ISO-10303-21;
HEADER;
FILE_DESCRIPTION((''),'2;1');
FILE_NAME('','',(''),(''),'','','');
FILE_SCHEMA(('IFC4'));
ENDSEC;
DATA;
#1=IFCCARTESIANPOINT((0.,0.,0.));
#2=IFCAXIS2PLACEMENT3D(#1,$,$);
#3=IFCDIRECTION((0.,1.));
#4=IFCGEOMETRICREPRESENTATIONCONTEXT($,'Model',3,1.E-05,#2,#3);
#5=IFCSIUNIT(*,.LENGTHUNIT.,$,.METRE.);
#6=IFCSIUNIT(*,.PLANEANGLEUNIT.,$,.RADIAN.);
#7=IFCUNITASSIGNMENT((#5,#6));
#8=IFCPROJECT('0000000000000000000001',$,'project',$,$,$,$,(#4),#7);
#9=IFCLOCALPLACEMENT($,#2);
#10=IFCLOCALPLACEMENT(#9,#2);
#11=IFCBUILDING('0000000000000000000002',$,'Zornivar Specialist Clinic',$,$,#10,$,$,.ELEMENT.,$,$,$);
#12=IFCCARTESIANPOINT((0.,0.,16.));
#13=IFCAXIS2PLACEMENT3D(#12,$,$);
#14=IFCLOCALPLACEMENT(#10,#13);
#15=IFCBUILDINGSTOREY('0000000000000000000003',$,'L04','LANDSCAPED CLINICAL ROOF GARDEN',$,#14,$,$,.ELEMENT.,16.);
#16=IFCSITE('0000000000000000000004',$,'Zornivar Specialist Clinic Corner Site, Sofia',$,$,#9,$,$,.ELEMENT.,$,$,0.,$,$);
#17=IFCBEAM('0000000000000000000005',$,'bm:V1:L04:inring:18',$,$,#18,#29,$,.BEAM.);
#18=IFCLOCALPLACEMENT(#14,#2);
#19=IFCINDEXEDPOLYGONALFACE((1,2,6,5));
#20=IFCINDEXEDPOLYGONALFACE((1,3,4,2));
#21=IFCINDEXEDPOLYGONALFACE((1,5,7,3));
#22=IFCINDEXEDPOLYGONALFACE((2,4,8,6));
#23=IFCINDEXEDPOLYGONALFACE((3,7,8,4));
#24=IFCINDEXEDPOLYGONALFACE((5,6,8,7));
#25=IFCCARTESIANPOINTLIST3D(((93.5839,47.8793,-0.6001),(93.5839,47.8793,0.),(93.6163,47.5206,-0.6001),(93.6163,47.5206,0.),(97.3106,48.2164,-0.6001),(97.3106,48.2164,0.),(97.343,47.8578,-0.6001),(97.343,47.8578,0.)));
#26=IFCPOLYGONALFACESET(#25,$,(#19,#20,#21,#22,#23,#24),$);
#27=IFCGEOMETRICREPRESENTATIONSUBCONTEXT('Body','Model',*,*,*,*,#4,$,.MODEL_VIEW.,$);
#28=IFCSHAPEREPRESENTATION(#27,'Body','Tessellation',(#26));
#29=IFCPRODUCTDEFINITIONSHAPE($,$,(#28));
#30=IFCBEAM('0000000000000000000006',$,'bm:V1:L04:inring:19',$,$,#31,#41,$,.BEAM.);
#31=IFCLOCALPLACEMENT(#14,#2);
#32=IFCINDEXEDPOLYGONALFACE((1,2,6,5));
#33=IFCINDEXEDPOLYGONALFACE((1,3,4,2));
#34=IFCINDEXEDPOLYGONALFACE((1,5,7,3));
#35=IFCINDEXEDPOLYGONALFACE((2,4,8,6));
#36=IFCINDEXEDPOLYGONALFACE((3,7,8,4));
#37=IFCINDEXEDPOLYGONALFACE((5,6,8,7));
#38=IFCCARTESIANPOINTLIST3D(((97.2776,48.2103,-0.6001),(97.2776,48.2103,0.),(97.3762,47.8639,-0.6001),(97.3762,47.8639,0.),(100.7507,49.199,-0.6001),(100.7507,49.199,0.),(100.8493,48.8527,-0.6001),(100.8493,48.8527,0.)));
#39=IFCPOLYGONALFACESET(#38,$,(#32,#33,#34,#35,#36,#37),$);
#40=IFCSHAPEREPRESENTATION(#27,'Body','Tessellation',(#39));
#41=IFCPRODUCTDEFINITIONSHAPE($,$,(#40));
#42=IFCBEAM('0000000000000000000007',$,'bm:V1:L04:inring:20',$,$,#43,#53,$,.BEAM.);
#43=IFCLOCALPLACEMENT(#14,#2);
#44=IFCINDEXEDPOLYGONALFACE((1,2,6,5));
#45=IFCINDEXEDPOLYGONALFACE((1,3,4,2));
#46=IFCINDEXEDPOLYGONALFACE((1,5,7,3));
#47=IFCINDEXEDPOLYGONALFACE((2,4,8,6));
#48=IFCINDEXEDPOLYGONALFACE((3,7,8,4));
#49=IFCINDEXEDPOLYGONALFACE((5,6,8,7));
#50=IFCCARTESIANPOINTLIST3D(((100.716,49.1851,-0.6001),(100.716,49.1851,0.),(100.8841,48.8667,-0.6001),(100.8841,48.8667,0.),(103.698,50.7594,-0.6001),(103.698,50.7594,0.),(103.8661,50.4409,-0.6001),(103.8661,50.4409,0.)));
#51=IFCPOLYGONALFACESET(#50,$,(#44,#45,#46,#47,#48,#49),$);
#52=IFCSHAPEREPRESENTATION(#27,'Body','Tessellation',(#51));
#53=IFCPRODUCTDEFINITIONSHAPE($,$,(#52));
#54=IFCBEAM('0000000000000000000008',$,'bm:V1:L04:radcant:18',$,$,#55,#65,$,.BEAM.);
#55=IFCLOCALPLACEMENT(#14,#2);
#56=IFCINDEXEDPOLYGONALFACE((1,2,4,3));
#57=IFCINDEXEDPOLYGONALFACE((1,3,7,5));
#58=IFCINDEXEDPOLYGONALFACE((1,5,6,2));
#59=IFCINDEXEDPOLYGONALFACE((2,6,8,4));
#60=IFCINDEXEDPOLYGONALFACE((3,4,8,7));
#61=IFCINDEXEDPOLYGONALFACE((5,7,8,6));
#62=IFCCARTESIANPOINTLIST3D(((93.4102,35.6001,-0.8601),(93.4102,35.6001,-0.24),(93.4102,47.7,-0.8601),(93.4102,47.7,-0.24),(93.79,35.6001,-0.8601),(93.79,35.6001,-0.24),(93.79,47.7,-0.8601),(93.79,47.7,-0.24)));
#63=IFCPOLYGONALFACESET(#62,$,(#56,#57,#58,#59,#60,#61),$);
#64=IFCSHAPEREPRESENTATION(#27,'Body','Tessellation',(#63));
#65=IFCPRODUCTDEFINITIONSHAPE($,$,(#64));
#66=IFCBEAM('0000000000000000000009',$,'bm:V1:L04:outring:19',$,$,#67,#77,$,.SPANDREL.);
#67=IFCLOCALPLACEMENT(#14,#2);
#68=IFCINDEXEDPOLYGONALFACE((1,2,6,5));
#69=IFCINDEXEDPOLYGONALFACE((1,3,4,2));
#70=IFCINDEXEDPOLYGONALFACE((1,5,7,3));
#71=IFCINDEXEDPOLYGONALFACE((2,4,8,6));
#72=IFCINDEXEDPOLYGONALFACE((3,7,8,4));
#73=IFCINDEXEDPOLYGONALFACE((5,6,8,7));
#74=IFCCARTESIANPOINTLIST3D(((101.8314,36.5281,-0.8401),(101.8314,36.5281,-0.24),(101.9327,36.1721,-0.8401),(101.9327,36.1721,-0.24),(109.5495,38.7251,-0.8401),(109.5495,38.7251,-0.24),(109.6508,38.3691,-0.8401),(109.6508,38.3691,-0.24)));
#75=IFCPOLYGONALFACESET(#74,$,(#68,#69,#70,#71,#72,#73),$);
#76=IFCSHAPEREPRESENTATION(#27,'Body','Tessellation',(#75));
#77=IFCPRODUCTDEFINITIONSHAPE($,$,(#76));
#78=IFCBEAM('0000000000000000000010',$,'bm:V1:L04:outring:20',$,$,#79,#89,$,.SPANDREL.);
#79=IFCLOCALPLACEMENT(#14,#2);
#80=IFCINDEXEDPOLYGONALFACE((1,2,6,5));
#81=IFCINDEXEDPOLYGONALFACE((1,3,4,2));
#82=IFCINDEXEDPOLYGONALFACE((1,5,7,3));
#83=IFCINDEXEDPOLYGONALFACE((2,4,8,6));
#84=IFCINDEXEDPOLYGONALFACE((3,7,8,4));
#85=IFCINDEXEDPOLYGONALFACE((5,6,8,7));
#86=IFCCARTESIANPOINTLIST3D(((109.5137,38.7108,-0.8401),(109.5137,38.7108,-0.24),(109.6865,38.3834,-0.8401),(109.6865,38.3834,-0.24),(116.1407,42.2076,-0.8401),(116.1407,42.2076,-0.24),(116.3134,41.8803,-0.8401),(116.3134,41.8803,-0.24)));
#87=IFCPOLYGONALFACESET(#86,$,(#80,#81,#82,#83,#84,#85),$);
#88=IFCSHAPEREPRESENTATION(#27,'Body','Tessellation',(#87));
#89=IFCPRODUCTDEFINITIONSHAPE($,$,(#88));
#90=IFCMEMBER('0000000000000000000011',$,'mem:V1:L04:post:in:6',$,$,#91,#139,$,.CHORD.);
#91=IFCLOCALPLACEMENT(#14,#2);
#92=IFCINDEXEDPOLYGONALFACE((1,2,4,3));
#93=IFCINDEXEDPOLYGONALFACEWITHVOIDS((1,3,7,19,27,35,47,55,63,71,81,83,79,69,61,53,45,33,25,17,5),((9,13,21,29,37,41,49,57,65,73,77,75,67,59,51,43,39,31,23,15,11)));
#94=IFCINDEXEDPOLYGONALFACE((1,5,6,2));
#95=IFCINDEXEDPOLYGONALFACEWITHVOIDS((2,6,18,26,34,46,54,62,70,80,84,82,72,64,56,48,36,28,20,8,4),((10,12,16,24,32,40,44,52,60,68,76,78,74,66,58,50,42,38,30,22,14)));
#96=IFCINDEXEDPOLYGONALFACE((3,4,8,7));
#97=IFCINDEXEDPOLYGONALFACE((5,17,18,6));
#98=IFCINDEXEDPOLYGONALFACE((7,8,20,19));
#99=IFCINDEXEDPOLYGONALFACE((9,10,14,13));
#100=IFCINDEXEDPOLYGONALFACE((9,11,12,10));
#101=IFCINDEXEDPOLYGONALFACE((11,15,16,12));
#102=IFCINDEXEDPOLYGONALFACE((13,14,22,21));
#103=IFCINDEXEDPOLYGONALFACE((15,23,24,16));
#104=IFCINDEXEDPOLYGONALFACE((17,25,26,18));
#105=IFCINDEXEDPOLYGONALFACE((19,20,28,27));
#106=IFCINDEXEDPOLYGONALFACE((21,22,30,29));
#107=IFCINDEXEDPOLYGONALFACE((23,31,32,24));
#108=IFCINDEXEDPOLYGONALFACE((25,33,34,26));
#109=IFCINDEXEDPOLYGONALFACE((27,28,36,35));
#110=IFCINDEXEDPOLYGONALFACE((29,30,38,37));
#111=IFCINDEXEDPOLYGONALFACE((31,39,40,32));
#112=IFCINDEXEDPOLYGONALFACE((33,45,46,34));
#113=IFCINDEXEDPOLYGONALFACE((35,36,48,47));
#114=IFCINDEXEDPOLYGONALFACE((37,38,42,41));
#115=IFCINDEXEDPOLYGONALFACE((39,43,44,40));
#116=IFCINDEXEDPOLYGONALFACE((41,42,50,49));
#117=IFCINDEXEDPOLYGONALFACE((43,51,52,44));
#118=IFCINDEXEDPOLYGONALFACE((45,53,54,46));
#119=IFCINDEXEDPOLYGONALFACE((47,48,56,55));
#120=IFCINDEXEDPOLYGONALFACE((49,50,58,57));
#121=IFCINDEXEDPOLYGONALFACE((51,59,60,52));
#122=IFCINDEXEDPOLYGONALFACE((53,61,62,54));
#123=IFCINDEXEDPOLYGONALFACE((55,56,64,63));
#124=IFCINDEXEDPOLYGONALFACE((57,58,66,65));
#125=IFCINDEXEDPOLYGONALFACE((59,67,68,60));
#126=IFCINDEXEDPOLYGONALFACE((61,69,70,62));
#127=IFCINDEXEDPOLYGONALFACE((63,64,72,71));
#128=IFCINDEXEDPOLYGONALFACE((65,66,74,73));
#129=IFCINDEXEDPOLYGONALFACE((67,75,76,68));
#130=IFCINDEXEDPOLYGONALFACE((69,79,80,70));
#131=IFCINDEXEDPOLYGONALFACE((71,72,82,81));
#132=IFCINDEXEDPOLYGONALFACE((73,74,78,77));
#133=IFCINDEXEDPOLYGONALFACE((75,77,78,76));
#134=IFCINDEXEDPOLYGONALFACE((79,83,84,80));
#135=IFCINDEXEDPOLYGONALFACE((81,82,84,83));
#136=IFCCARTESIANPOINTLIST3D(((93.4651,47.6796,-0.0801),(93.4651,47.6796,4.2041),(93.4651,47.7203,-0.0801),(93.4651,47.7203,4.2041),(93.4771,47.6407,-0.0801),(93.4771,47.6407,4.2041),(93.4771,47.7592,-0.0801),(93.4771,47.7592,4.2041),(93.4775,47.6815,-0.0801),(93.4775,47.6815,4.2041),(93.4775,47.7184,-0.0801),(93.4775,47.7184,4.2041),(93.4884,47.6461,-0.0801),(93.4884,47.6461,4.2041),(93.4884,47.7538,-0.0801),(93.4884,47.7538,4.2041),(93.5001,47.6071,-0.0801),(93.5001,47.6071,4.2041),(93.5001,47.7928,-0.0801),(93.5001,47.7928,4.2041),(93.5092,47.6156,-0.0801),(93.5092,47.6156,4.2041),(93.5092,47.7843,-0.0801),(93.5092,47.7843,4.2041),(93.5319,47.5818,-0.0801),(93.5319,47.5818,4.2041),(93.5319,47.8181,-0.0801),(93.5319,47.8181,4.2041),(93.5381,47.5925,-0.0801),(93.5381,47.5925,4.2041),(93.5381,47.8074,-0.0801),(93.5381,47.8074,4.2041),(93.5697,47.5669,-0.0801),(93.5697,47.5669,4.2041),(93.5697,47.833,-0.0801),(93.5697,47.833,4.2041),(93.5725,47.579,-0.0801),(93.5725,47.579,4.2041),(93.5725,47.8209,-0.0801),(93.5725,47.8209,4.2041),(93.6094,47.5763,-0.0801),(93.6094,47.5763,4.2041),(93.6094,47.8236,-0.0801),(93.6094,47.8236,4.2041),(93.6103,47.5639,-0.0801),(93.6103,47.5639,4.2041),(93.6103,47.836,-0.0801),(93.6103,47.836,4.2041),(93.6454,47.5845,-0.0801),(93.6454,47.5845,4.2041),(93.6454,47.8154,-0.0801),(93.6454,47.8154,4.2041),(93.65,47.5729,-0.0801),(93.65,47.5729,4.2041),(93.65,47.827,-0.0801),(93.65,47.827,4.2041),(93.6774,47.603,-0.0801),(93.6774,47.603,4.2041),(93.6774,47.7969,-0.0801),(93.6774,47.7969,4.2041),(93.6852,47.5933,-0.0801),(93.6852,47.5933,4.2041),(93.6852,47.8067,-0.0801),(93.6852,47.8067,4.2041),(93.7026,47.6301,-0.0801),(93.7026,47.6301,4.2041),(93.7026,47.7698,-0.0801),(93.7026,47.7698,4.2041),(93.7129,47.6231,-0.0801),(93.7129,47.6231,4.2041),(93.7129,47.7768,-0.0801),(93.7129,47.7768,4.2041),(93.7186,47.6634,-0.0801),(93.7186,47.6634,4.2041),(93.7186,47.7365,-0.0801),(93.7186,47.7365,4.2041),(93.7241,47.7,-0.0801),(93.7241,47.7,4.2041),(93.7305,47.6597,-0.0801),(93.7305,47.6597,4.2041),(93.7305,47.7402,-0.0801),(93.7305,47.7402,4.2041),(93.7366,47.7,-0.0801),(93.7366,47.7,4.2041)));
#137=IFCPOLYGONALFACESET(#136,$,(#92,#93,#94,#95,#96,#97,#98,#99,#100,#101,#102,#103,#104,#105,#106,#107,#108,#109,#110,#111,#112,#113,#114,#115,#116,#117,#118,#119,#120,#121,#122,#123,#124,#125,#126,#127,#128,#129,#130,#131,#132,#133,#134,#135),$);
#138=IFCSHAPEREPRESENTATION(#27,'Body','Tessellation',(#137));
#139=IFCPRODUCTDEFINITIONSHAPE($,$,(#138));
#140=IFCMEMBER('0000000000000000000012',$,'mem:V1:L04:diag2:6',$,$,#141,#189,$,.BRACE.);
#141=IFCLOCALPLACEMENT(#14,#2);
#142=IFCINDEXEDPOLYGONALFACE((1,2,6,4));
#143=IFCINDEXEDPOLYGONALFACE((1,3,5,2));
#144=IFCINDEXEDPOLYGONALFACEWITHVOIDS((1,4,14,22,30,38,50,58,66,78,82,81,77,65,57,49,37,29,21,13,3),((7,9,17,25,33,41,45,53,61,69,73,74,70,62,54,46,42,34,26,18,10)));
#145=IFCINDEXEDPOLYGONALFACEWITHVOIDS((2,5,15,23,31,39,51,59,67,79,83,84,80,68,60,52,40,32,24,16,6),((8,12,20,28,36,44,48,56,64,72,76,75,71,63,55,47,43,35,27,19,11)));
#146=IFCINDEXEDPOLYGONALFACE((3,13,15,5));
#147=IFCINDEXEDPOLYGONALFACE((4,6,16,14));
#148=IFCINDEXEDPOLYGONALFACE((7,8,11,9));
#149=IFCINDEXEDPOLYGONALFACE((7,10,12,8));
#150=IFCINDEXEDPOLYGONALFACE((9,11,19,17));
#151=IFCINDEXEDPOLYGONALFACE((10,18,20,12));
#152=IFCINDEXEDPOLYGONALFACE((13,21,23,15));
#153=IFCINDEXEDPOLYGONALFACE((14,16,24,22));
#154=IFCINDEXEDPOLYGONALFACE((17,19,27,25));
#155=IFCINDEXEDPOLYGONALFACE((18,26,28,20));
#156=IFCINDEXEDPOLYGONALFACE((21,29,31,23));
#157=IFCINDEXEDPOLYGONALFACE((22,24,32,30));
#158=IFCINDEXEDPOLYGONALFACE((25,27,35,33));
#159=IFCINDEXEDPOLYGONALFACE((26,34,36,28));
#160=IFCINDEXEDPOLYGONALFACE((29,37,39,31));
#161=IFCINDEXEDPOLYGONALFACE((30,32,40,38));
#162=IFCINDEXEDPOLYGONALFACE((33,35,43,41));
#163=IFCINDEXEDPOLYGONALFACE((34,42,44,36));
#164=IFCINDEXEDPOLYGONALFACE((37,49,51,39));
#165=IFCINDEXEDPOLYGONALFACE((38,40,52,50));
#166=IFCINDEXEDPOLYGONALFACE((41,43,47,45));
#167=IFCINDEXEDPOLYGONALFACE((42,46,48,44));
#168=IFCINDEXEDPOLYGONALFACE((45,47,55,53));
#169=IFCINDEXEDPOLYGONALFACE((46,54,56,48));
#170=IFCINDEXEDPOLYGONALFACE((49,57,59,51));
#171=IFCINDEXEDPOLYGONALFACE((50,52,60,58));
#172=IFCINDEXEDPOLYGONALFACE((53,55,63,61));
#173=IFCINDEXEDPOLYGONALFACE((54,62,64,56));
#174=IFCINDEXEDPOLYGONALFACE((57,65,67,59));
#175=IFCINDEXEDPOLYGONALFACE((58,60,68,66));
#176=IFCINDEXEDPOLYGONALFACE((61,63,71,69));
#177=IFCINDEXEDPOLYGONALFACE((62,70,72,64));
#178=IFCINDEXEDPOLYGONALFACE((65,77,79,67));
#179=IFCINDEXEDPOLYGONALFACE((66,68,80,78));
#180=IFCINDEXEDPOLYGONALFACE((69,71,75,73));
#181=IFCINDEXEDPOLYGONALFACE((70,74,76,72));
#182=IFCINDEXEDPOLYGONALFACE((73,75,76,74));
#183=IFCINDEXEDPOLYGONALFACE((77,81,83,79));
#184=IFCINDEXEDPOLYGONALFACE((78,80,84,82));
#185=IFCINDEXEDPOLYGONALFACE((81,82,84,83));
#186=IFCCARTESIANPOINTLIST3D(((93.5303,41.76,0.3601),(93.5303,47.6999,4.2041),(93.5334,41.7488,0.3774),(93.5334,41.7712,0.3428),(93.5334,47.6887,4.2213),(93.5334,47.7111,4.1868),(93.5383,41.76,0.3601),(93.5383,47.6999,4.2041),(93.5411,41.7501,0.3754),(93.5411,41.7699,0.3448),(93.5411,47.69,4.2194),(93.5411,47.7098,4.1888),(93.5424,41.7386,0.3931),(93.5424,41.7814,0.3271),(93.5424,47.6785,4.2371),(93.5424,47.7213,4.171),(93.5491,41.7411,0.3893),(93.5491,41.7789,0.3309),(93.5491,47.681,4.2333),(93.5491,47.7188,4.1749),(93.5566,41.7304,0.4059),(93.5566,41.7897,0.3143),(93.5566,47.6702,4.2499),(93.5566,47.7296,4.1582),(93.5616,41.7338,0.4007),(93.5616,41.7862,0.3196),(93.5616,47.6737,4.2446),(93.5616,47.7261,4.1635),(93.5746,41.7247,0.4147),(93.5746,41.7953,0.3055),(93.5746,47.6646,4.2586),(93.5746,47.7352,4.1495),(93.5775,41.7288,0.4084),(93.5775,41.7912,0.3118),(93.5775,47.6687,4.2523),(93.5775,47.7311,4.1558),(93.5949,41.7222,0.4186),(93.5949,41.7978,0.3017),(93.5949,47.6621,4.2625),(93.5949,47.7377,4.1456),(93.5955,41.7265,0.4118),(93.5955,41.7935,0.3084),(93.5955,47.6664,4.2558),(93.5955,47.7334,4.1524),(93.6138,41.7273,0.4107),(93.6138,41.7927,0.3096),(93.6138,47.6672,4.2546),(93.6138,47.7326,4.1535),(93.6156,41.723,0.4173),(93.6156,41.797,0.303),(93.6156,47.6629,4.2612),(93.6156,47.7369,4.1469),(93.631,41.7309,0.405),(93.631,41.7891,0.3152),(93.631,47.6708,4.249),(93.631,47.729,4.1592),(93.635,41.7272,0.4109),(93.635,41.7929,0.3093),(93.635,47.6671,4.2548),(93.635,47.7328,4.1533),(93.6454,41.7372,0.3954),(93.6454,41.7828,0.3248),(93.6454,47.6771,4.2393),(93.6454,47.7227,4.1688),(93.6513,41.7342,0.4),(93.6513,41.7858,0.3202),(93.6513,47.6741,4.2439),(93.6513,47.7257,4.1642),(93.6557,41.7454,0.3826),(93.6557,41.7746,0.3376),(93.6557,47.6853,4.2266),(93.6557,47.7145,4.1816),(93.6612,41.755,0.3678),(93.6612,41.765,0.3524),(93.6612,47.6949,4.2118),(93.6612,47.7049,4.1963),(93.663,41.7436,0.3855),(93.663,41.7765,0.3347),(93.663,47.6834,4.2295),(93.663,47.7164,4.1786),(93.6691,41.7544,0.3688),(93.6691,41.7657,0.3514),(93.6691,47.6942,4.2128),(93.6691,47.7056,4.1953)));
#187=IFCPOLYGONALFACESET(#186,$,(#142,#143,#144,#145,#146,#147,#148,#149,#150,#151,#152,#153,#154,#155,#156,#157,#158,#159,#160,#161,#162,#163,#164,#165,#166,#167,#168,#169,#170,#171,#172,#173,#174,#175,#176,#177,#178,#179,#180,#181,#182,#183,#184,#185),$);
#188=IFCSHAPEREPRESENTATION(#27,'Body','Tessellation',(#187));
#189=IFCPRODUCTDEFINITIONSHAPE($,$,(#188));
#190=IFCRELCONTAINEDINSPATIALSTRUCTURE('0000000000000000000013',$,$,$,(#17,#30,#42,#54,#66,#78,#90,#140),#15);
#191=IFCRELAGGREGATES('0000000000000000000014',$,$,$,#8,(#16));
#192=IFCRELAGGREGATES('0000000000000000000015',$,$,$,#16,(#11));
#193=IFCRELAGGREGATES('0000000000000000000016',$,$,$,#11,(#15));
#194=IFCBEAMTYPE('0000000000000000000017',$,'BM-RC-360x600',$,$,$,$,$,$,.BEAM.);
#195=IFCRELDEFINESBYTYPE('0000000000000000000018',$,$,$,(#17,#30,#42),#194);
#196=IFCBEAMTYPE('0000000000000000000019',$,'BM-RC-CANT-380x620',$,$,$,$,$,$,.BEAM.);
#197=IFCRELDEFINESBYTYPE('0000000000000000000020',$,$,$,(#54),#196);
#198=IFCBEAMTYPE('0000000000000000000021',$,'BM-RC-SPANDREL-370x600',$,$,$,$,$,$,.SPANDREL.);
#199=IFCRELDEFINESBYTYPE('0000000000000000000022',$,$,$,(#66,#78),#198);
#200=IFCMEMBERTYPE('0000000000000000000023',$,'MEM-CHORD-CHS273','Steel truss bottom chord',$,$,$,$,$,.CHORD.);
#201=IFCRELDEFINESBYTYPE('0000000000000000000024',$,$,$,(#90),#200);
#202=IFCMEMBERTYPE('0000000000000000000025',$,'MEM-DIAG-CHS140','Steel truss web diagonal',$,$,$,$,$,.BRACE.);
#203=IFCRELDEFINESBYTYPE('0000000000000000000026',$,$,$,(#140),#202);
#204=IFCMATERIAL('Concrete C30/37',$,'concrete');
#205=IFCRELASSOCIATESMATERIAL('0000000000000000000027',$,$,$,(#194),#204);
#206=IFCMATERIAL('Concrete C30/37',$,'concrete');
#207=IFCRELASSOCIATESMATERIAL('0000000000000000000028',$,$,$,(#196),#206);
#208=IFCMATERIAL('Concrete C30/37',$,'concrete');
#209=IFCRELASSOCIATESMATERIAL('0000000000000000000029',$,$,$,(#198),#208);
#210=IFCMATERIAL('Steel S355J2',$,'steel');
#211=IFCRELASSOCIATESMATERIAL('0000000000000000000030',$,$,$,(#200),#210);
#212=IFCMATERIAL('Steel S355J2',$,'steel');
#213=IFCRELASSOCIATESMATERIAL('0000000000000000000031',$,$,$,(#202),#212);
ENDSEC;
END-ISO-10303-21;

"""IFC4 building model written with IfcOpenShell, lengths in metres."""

from ifc_helpers import new_model, si_unit, direction, frame, origin, origin_2d, place, context, subcontext, project, spatial, rectangle, hollow_circle, extrude, material, material_profile, profile_set, type_object, element, save


model = new_model("IFC4")

# Units and contexts
model_context = context("Model", 3, precision=1e-05, world=origin(), true_north=direction((0.0, 1.0)))
body_context = subcontext(model_context, "Body", "Model", "MODEL_VIEW")
ifc_project = project(units=[si_unit("LENGTHUNIT", "METRE"), si_unit("PLANEANGLEUNIT", "RADIAN")], contexts=[model_context])

# Site, building, storey
site_placement = place(None, origin())
site = spatial("IfcSite", under=ifc_project, at=site_placement, Name="Zornivar Specialist Clinic Corner Site, Sofia", CompositionType="ELEMENT", RefElevation=0.0)
building_placement = place(site_placement, origin())
building = spatial("IfcBuilding", under=site, at=building_placement, Name="Zornivar Specialist Clinic", CompositionType="ELEMENT")
storey_placement = place(building_placement, frame((0.0, 0.0, 16.0)))
storey = spatial("IfcBuildingStorey", under=building, at=storey_placement, Name="L04", Description="LANDSCAPED CLINICAL ROOF GARDEN", CompositionType="ELEMENT", Elevation=16.0)

# Beams
ifc_material_1 = material(Name="Concrete C30/37", Category="concrete")
ifc_material_profile_1 = material_profile(ifc_material_1, rectangle(XDim=0.3601, YDim=0.6001, at=origin_2d()), Name="RC 360x600")
ifc_profile_set_1 = profile_set([ifc_material_profile_1], Name="Concrete C30/37")
beam_type_1 = type_object("IfcBeamType", Name="BM-RC-360x600", PredefinedType="BEAM", material=ifc_profile_set_1)
beam_1_placement = place(storey_placement, frame((93.6001, 47.7, -0.3), z_axis=(0.995933, 0.0901, 0.0), x_axis=(-0.0901, 0.995933, 0.0)))
element("IfcBeam", 1, at=beam_1_placement, inside=storey, type_object=beam_type_1, Name="bm:V1:L04:inring:18", PredefinedType="BEAM", context=body_context, shape_type="SweptSolid", body=[
    extrude(rectangle(XDim=0.3601, YDim=0.6001, at=origin_2d()), origin(), (0.0, 0.0, 1.0), 3.7419),
])
beam_2_placement = place(storey_placement, frame((97.3269, 48.0371, -0.3), z_axis=(0.961784, 0.27381, 0.0), x_axis=(-0.27381, 0.961784, 0.0)))
element("IfcBeam", 2, at=beam_2_placement, inside=storey, type_object=beam_type_1, Name="bm:V1:L04:inring:19", PredefinedType="BEAM", context=body_context, shape_type="SweptSolid", body=[
    extrude(rectangle(XDim=0.3601, YDim=0.6001, at=origin_2d()), origin(), (0.0, 0.0, 1.0), 3.6111),
])
beam_3_placement = place(storey_placement, frame((100.8, 49.0259, -0.3), z_axis=(0.884333, 0.466856, 0.0), x_axis=(-0.466856, 0.884333, 0.0)))
element("IfcBeam", 3, at=beam_3_placement, inside=storey, type_object=beam_type_1, Name="bm:V1:L04:inring:20", PredefinedType="BEAM", context=body_context, shape_type="SweptSolid", body=[
    extrude(rectangle(XDim=0.3601, YDim=0.6001, at=origin_2d()), origin(), (0.0, 0.0, 1.0), 3.3721),
])
ifc_material_2 = material(Name="Concrete C30/37", Category="concrete")
ifc_material_profile_2 = material_profile(ifc_material_2, rectangle(XDim=0.3799, YDim=0.6201, at=origin_2d()), Name="RC 380x620")
ifc_profile_set_2 = profile_set([ifc_material_profile_2], Name="Concrete C30/37")
beam_type_2 = type_object("IfcBeamType", Name="BM-RC-CANT-380x620", PredefinedType="BEAM", material=ifc_profile_set_2)
beam_4_placement = place(storey_placement, frame((93.6001, 47.7, -0.55), z_axis=(0.0, -1.0, 0.0), x_axis=(1.0, 0.0, 0.0)))
element("IfcBeam", 4, at=beam_4_placement, inside=storey, type_object=beam_type_2, Name="bm:V1:L04:radcant:18", PredefinedType="BEAM", context=body_context, shape_type="SweptSolid", body=[
    extrude(rectangle(XDim=0.3799, YDim=0.6201, at=origin_2d()), origin(), (0.0, 0.0, 1.0), 12.0999),
])
ifc_material_3 = material(Name="Concrete C30/37", Category="concrete")
ifc_material_profile_3 = material_profile(ifc_material_3, rectangle(XDim=0.3701, YDim=0.6001, at=origin_2d()), Name="RC 370x600")
ifc_profile_set_3 = profile_set([ifc_material_profile_3], Name="Concrete C30/37")
beam_type_3 = type_object("IfcBeamType", Name="BM-RC-SPANDREL-370x600", PredefinedType="SPANDREL", material=ifc_profile_set_3)
beam_5_placement = place(storey_placement, frame((101.8821, 36.3501, -0.54), z_axis=(0.961791, 0.273785, 0.0), x_axis=(-0.273785, 0.961791, 0.0)))
element("IfcBeam", 5, at=beam_5_placement, inside=storey, type_object=beam_type_3, Name="bm:V1:L04:outring:19", PredefinedType="SPANDREL", context=body_context, shape_type="SweptSolid", body=[
    extrude(rectangle(XDim=0.3701, YDim=0.6001, at=origin_2d()), origin(), (0.0, 0.0, 1.0), 8.0247),
])
beam_6_placement = place(storey_placement, frame((109.6001, 38.5471, -0.54), z_axis=(0.884425, 0.466682, 0.0), x_axis=(-0.466682, 0.884425, 0.0)))
element("IfcBeam", 6, at=beam_6_placement, inside=storey, type_object=beam_type_3, Name="bm:V1:L04:outring:20", PredefinedType="SPANDREL", context=body_context, shape_type="SweptSolid", body=[
    extrude(rectangle(XDim=0.3701, YDim=0.6001, at=origin_2d()), origin(), (0.0, 0.0, 1.0), 7.4929),
])

# Members
ifc_material_4 = material(Name="Steel S355J2", Category="steel")
ifc_material_profile_4 = material_profile(ifc_material_4, hollow_circle(Radius=0.1365, WallThickness=0.0125, at=origin_2d()), Name="CHS 273x12.5")
ifc_profile_set_4 = profile_set([ifc_material_profile_4], Name="Steel S355J2")
member_type_1 = type_object("IfcMemberType", Name="MEM-CHORD-CHS273", Description="Steel truss bottom chord", PredefinedType="CHORD", material=ifc_profile_set_4)
member_1_placement = place(storey_placement, frame((93.6001, 47.7, -0.0801), z_axis=(0.0, 0.0, 1.0), x_axis=(1.0, 0.0, 0.0)))
element("IfcMember", 7, at=member_1_placement, inside=storey, type_object=member_type_1, Name="mem:V1:L04:post:in:6", PredefinedType="CHORD", context=body_context, shape_type="SweptSolid", body=[
    extrude(hollow_circle(Radius=0.1365, WallThickness=0.0125, at=origin_2d()), origin(), (0.0, 0.0, 1.0), 4.2842),
])
ifc_material_5 = material(Name="Steel S355J2", Category="steel")
ifc_material_profile_5 = material_profile(ifc_material_5, hollow_circle(Radius=0.0698, WallThickness=0.0081, at=origin_2d()), Name="CHS 139.7x8")
ifc_profile_set_5 = profile_set([ifc_material_profile_5], Name="Steel S355J2")
member_type_2 = type_object("IfcMemberType", Name="MEM-DIAG-CHS140", Description="Steel truss web diagonal", PredefinedType="BRACE", material=ifc_profile_set_5)
member_2_placement = place(storey_placement, frame((93.6001, 41.76, 0.3601), z_axis=(0.0, 0.839538, 0.543301), x_axis=(-1.0, 0.0, 0.0)))
element("IfcMember", 8, at=member_2_placement, inside=storey, type_object=member_type_2, Name="mem:V1:L04:diag2:6", PredefinedType="BRACE", context=body_context, shape_type="SweptSolid", body=[
    extrude(hollow_circle(Radius=0.0698, WallThickness=0.0081, at=origin_2d()), origin(), (0.0, 0.0, 1.0), 7.0752),
])

save(model, "model.ifc")
